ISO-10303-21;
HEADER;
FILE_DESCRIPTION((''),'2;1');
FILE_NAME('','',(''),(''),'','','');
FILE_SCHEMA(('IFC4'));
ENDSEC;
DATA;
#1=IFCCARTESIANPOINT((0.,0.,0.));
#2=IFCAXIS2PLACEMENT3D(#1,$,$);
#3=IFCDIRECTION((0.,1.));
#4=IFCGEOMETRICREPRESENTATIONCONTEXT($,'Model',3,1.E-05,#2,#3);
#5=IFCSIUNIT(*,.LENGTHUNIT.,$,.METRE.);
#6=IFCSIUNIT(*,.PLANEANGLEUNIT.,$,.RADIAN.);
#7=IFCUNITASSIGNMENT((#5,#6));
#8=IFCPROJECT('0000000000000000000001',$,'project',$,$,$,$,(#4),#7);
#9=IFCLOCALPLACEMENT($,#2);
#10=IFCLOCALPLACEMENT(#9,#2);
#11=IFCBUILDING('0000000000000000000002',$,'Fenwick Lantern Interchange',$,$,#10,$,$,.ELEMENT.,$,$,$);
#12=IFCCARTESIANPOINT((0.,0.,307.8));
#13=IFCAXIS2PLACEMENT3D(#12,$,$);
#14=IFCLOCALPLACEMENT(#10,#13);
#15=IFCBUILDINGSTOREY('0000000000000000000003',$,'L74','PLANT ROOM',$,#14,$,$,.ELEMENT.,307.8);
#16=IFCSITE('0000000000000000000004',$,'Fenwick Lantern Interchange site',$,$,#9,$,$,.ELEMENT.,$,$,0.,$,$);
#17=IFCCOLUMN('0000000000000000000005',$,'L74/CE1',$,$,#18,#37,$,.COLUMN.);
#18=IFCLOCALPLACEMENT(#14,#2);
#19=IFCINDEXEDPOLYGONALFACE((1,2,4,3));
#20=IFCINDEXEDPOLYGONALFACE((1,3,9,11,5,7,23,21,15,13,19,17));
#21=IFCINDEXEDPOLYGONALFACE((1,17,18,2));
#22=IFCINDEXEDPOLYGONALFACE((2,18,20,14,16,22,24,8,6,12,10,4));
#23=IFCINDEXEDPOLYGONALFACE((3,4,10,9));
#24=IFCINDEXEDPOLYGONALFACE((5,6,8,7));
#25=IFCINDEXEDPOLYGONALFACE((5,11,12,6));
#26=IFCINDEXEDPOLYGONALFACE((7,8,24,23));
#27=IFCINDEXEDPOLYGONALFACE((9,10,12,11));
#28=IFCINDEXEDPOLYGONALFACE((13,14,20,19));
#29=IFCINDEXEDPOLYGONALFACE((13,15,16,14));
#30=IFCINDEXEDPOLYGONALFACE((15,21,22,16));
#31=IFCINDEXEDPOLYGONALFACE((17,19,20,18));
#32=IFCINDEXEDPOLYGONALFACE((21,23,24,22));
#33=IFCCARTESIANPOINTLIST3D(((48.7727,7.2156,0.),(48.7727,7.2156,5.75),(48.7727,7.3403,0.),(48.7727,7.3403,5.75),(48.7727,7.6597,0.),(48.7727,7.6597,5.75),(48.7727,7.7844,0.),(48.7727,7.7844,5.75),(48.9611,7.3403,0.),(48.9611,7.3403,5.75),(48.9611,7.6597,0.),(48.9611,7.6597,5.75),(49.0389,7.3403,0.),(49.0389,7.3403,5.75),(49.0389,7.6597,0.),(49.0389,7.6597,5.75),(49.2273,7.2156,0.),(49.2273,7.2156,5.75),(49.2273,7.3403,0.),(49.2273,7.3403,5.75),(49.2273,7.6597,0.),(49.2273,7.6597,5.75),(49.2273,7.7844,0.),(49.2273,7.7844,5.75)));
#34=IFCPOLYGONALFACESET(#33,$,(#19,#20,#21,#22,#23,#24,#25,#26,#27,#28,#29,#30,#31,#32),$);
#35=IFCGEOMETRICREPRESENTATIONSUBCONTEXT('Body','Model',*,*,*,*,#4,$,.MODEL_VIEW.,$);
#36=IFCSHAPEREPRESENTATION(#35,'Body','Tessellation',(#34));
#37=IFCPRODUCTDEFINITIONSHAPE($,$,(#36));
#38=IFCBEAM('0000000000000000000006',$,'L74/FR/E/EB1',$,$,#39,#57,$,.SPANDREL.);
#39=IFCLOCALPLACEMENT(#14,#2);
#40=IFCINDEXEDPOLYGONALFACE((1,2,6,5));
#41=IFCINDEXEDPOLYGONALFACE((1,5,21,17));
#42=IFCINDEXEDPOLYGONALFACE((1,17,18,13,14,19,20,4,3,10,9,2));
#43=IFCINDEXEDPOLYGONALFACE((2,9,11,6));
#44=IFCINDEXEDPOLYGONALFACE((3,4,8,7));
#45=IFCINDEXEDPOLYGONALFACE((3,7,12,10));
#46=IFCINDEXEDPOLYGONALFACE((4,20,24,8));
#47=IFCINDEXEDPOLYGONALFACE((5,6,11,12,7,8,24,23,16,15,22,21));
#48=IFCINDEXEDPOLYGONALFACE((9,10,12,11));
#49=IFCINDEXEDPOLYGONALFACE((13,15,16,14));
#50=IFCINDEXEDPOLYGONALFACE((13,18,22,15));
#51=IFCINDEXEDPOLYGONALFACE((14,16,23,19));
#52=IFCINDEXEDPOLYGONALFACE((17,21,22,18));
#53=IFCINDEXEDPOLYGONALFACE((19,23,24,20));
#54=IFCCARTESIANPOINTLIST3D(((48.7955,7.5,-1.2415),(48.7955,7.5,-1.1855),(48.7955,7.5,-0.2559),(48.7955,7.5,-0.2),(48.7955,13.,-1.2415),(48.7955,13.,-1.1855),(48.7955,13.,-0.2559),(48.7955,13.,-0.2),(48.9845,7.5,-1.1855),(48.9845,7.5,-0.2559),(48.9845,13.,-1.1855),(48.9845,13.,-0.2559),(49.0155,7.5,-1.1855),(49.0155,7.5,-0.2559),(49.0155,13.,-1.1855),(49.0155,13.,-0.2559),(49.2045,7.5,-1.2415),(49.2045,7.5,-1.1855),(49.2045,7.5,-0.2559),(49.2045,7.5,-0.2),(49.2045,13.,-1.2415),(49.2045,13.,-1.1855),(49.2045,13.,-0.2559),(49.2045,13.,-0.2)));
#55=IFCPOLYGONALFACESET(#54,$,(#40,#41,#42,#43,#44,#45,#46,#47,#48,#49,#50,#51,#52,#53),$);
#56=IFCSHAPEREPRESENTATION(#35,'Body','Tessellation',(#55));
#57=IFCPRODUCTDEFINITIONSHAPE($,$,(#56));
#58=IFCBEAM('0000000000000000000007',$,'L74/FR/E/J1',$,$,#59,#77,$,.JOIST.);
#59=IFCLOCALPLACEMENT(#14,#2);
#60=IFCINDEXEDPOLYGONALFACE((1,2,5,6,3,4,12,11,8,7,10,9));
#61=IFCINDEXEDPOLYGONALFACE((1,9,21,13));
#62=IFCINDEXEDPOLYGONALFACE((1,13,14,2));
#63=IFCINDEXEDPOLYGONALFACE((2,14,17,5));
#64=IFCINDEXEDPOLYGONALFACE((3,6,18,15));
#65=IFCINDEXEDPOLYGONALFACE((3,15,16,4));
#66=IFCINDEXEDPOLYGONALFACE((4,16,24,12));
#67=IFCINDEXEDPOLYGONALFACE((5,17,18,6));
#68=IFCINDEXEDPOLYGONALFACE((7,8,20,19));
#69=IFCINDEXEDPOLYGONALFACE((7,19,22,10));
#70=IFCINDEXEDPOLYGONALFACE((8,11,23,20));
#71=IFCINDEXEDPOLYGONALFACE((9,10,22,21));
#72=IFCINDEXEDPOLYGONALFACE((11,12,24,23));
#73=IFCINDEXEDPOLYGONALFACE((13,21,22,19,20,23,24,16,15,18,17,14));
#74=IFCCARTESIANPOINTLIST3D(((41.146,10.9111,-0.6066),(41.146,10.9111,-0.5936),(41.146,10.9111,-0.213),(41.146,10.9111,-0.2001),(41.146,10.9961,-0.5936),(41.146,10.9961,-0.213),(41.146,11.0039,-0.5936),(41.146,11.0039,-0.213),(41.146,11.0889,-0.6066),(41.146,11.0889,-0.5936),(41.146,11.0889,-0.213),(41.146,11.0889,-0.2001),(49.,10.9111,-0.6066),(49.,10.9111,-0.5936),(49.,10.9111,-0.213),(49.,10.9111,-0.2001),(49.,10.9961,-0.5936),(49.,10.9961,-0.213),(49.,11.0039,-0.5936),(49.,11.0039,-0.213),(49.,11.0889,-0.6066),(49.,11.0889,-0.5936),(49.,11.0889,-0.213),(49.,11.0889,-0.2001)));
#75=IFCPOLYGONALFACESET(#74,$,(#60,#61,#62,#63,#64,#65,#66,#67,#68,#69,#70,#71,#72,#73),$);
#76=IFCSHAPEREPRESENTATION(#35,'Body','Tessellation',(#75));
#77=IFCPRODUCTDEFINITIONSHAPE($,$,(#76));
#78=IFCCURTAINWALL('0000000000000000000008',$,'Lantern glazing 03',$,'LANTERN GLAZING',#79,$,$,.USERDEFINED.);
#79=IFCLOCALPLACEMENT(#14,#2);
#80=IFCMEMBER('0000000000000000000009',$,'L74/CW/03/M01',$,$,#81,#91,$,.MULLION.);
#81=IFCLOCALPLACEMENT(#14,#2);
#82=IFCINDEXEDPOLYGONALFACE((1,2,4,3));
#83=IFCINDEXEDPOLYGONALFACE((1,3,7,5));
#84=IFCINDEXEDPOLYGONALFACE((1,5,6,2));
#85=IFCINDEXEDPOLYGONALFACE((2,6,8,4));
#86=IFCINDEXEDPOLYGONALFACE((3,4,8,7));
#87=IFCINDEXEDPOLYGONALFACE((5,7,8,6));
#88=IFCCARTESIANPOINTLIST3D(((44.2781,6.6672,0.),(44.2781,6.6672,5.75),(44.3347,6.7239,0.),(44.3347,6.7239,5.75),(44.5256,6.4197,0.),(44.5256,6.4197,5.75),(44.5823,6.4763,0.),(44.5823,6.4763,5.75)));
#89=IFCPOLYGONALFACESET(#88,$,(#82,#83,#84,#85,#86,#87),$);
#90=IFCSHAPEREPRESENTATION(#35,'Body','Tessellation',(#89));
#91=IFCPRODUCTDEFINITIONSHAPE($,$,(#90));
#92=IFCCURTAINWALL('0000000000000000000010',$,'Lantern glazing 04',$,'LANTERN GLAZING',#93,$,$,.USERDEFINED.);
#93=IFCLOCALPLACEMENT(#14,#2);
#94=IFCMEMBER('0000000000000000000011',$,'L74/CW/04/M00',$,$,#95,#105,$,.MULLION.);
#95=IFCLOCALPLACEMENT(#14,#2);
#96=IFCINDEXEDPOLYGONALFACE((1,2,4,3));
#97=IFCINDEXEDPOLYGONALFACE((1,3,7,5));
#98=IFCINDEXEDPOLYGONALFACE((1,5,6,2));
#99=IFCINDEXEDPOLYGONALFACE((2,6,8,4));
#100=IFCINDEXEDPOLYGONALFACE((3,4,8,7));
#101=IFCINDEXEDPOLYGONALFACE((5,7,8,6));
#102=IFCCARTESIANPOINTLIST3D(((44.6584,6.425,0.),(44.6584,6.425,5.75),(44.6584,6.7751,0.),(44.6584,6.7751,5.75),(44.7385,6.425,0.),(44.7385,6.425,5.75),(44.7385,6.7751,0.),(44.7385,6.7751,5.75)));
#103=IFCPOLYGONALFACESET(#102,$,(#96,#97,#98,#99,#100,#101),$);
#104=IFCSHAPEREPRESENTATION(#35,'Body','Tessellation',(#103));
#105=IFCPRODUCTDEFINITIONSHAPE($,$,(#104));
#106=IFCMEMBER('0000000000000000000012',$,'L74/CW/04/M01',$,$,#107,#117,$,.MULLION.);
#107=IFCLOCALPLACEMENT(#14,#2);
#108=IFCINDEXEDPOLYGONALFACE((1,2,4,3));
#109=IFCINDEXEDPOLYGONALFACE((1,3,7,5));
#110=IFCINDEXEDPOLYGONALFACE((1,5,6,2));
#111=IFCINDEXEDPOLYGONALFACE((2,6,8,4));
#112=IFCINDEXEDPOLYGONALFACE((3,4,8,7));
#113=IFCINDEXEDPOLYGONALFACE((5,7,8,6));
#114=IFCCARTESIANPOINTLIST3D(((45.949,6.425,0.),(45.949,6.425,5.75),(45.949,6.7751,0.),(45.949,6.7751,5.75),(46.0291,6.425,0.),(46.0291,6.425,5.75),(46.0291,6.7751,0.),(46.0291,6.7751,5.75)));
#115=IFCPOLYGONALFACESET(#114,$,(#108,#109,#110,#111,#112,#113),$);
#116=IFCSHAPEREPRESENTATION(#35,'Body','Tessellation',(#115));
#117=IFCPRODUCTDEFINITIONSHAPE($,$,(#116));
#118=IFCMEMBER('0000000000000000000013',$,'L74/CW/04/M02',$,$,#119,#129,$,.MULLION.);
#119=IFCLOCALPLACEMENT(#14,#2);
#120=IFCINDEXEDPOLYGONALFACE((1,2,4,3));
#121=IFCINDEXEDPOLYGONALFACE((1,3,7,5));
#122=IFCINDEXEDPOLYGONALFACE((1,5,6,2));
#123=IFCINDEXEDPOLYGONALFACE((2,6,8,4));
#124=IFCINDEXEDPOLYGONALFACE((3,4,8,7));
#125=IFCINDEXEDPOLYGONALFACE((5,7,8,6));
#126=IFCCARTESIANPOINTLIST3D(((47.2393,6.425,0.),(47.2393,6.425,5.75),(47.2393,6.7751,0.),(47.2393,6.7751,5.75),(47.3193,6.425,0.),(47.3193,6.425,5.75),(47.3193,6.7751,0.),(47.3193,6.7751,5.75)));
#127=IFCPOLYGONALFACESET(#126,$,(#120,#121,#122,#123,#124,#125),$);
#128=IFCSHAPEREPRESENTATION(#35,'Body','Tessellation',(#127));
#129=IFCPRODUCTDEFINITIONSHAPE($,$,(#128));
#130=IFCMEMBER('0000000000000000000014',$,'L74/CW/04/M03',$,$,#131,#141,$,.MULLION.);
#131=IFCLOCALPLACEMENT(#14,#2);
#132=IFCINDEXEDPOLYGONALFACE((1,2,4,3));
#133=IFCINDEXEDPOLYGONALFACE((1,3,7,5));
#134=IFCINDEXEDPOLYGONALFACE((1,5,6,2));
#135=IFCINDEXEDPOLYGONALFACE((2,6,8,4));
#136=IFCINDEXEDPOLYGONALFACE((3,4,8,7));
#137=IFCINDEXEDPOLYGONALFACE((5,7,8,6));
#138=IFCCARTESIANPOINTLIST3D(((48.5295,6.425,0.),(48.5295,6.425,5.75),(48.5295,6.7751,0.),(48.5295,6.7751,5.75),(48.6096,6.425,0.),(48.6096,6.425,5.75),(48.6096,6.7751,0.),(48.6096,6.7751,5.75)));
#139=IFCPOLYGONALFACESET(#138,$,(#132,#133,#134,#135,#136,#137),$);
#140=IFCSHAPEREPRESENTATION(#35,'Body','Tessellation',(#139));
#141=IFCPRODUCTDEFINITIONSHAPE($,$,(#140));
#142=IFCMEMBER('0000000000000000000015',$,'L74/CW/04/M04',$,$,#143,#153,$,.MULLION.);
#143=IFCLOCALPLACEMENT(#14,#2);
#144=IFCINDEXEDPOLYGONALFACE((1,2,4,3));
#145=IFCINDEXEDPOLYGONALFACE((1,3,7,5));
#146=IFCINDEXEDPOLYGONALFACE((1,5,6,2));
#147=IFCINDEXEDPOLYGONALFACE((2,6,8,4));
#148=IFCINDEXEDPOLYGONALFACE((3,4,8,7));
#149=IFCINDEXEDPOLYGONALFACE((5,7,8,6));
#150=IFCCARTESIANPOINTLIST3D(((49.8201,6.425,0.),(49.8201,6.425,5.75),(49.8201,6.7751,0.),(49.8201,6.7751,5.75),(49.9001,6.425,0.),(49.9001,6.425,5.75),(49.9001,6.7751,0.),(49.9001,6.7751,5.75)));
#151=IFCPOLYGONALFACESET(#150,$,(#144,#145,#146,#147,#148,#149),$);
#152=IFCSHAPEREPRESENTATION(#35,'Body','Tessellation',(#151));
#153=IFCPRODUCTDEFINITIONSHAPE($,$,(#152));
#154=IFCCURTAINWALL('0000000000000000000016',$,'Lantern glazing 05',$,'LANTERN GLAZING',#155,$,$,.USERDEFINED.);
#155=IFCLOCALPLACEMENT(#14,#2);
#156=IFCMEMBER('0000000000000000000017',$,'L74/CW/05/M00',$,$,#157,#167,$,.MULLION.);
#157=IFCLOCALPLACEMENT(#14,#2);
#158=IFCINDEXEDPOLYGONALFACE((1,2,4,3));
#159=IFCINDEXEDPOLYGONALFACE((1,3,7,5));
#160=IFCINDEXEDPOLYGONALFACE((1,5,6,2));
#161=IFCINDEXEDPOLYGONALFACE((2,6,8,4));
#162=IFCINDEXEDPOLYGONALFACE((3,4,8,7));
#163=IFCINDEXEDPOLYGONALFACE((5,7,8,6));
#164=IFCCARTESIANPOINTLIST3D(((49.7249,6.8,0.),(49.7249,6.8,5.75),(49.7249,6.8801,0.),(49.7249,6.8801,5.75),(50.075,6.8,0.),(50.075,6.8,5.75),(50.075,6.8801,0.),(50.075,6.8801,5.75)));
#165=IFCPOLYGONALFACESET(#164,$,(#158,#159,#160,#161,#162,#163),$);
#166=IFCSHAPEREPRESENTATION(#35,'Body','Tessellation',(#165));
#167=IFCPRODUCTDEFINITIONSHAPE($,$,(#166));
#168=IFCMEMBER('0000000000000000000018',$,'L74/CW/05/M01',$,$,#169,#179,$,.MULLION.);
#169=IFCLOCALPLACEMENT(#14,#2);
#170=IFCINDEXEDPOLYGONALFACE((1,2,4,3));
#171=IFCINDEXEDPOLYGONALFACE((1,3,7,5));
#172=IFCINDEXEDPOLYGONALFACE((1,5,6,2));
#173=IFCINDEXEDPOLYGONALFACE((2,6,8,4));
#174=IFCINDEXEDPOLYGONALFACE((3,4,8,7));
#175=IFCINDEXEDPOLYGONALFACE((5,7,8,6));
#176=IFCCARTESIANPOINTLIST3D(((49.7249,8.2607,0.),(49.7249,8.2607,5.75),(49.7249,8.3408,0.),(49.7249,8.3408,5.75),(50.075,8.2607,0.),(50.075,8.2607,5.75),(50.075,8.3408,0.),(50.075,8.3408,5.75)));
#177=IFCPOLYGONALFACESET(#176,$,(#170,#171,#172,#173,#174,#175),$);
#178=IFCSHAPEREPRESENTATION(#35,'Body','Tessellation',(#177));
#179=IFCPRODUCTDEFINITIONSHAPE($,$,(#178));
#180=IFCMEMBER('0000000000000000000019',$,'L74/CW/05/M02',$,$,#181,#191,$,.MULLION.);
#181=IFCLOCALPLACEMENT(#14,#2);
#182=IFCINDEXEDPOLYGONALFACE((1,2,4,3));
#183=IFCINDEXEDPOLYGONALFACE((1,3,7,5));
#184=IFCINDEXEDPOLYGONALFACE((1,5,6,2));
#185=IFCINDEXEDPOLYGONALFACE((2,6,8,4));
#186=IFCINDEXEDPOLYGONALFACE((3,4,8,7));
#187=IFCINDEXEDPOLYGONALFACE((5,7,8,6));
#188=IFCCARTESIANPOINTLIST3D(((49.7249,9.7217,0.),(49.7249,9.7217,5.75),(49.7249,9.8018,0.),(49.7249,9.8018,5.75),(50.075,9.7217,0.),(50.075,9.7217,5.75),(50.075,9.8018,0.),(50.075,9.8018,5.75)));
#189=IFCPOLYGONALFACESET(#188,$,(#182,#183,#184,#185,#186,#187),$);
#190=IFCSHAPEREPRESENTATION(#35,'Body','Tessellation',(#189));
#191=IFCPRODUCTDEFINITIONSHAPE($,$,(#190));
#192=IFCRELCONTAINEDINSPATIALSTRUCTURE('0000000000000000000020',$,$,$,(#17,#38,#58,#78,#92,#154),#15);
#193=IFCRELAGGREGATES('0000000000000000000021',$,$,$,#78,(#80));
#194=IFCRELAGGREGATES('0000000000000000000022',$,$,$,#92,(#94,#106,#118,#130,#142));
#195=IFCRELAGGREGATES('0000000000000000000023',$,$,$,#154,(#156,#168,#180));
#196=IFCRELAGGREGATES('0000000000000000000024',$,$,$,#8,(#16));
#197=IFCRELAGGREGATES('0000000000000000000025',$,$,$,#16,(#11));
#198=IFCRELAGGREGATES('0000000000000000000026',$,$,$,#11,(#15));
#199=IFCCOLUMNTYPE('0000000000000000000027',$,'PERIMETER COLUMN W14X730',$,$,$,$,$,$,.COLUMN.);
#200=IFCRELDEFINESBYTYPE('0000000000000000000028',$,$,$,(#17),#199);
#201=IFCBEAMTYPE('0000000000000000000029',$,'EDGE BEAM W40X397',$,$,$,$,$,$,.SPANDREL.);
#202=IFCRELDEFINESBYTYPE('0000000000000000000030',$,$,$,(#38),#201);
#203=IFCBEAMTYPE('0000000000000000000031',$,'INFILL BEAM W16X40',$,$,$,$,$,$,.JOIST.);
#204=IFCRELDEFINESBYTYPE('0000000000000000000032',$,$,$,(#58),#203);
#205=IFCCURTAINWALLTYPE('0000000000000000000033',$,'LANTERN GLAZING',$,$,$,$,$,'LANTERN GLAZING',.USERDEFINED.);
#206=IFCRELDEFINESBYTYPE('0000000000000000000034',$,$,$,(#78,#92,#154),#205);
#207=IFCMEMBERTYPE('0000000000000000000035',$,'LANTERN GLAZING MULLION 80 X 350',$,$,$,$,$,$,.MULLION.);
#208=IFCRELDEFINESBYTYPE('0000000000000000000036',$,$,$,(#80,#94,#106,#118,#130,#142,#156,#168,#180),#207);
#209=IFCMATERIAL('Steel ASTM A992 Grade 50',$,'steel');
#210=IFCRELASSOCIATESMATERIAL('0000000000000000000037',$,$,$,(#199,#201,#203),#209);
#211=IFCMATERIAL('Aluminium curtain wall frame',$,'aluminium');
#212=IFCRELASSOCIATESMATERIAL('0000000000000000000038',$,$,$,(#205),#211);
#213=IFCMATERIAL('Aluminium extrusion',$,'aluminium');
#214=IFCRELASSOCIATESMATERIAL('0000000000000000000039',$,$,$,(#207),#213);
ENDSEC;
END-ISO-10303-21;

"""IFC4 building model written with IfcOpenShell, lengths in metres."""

from ifc_helpers import new_model, si_unit, direction, frame, origin, origin_2d, place, context, subcontext, project, spatial, rectangle, i_section, extrude, material, material_profile, profile_set, type_object, element, aggregate, save


model = new_model("IFC4")

# Units and contexts
model_context = context("Model", 3, precision=1e-05, world=origin(), true_north=direction((0.0, 1.0)))
body_context = subcontext(model_context, "Body", "Model", "MODEL_VIEW")
ifc_project = project(units=[si_unit("LENGTHUNIT", "METRE"), si_unit("PLANEANGLEUNIT", "RADIAN")], contexts=[model_context])

# Site, building, storey
site_placement = place(None, origin())
site = spatial("IfcSite", under=ifc_project, at=site_placement, Name="Fenwick Lantern Interchange site", CompositionType="ELEMENT", RefElevation=0.0)
building_placement = place(site_placement, origin())
building = spatial("IfcBuilding", under=site, at=building_placement, Name="Fenwick Lantern Interchange", CompositionType="ELEMENT")
storey_placement = place(building_placement, frame((0.0, 0.0, 307.8)))
storey = spatial("IfcBuildingStorey", under=building, at=storey_placement, Name="L74", Description="PLANT ROOM", CompositionType="ELEMENT", Elevation=307.8)

# Column
ifc_material_1 = material(Name="Steel ASTM A992 Grade 50", Category="steel")
ifc_material_profile_1 = material_profile(ifc_material_1, i_section(OverallWidth=0.4546, OverallDepth=0.5688, WebThickness=0.0779, FlangeThickness=0.1248, at=origin_2d()), Name="W14X730")
ifc_profile_set_1 = profile_set([ifc_material_profile_1], Name="Steel ASTM A992 Grade 50")
column_type = type_object("IfcColumnType", Name="PERIMETER COLUMN W14X730", PredefinedType="COLUMN", material=ifc_profile_set_1)
column_placement = place(storey_placement, frame((49.0, 7.5, 0.0), z_axis=(0.0, 0.0, 1.0), x_axis=(1.0, 0.0, 0.0)))
element("IfcColumn", 1, at=column_placement, inside=storey, type_object=column_type, Name="L74/CE1", PredefinedType="COLUMN", context=body_context, shape_type="SweptSolid", body=[
    extrude(i_section(OverallWidth=0.4546, OverallDepth=0.5688, WebThickness=0.0779, FlangeThickness=0.1248, at=origin_2d()), origin(), (0.0, 0.0, 1.0), 5.75),
])

# Beams
ifc_material_profile_2 = material_profile(ifc_material_1, i_section(OverallWidth=0.4089, OverallDepth=1.0415, WebThickness=0.031, FlangeThickness=0.0559, at=origin_2d()), Name="W40X397")
ifc_profile_set_2 = profile_set([ifc_material_profile_2], Name="Steel ASTM A992 Grade 50")
beam_type_1 = type_object("IfcBeamType", Name="EDGE BEAM W40X397", PredefinedType="SPANDREL", material=ifc_profile_set_2)
beam_1_placement = place(storey_placement, frame((49.0, 7.5, -0.7207), z_axis=(0.0, 1.0, 0.0), x_axis=(-1.0, 0.0, 0.0)))
element("IfcBeam", 2, at=beam_1_placement, inside=storey, type_object=beam_type_1, Name="L74/FR/E/EB1", PredefinedType="SPANDREL", context=body_context, shape_type="SweptSolid", body=[
    extrude(i_section(OverallWidth=0.4089, OverallDepth=1.0415, WebThickness=0.031, FlangeThickness=0.0559, at=origin_2d()), origin(), (0.0, 0.0, 1.0), 5.5),
])
ifc_material_profile_3 = material_profile(ifc_material_1, i_section(OverallWidth=0.1777, OverallDepth=0.4065, WebThickness=0.0078, FlangeThickness=0.0129, at=origin_2d()), Name="W16X40")
ifc_profile_set_3 = profile_set([ifc_material_profile_3], Name="Steel ASTM A992 Grade 50")
beam_type_2 = type_object("IfcBeamType", Name="INFILL BEAM W16X40", PredefinedType="JOIST", material=ifc_profile_set_3)
beam_2_placement = place(storey_placement, frame((49.0, 11.0, -0.4033), z_axis=(-1.0, 0.0, 0.0), x_axis=(0.0, -1.0, 0.0)))
element("IfcBeam", 3, at=beam_2_placement, inside=storey, type_object=beam_type_2, Name="L74/FR/E/J1", PredefinedType="JOIST", context=body_context, shape_type="SweptSolid", body=[
    extrude(i_section(OverallWidth=0.1777, OverallDepth=0.4065, WebThickness=0.0078, FlangeThickness=0.0129, at=origin_2d()), origin(), (0.0, 0.0, 1.0), 7.854),
])

# Curtain wall, member
ifc_material_2 = material(Name="Aluminium curtain wall frame", Category="aluminium")
curtain_wall_type = type_object("IfcCurtainWallType", Name="LANTERN GLAZING", ElementType="LANTERN GLAZING", PredefinedType="USERDEFINED", material=ifc_material_2)
curtain_wall_1_placement = place(storey_placement, origin())
curtain_wall_1 = element("IfcCurtainWall", 4, at=curtain_wall_1_placement, inside=storey, type_object=curtain_wall_type, Name="Lantern glazing 03", ObjectType="LANTERN GLAZING", PredefinedType="USERDEFINED")
ifc_material_3 = material(Name="Aluminium extrusion", Category="aluminium")
ifc_material_profile_4 = material_profile(ifc_material_3, rectangle(XDim=0.3501, YDim=0.0801, at=origin_2d()), Name="LANTERN GLAZING MULLION 80 X 350")
ifc_profile_set_4 = profile_set([ifc_material_profile_4], Name="Aluminium extrusion")
member_type = type_object("IfcMemberType", Name="LANTERN GLAZING MULLION 80 X 350", PredefinedType="MULLION", material=ifc_profile_set_4)
member_1_placement = place(storey_placement, frame((44.4302, 6.5718, 0.0), z_axis=(0.0, 0.0, 1.0), x_axis=(-0.707107, 0.707107, 0.0)))
member_1 = element("IfcMember", 5, at=member_1_placement, type_object=member_type, Name="L74/CW/03/M01", PredefinedType="MULLION", context=body_context, shape_type="SweptSolid", body=[
    extrude(rectangle(XDim=0.3501, YDim=0.0801, at=origin_2d()), origin(), (0.0, 0.0, 1.0), 5.75),
])
aggregate(curtain_wall_1, [member_1])

# Curtain walls, members
curtain_wall_2_placement = place(storey_placement, origin())
curtain_wall_2 = element("IfcCurtainWall", 6, at=curtain_wall_2_placement, inside=storey, type_object=curtain_wall_type, Name="Lantern glazing 04", ObjectType="LANTERN GLAZING", PredefinedType="USERDEFINED")
member_2_placement = place(storey_placement, frame((44.6985, 6.6001, 0.0), z_axis=(0.0, 0.0, 1.0), x_axis=(0.0, 1.0, 0.0)))
member_2 = element("IfcMember", 7, at=member_2_placement, type_object=member_type, Name="L74/CW/04/M00", PredefinedType="MULLION", context=body_context, shape_type="SweptSolid", body=[
    extrude(rectangle(XDim=0.3501, YDim=0.0801, at=origin_2d()), origin(), (0.0, 0.0, 1.0), 5.75),
])
member_3_placement = place(storey_placement, frame((45.989, 6.6001, 0.0), z_axis=(0.0, 0.0, 1.0), x_axis=(0.0, 1.0, 0.0)))
member_3 = element("IfcMember", 8, at=member_3_placement, type_object=member_type, Name="L74/CW/04/M01", PredefinedType="MULLION", context=body_context, shape_type="SweptSolid", body=[
    extrude(rectangle(XDim=0.3501, YDim=0.0801, at=origin_2d()), origin(), (0.0, 0.0, 1.0), 5.75),
])
member_4_placement = place(storey_placement, frame((47.2793, 6.6001, 0.0), z_axis=(0.0, 0.0, 1.0), x_axis=(0.0, 1.0, 0.0)))
member_4 = element("IfcMember", 9, at=member_4_placement, type_object=member_type, Name="L74/CW/04/M02", PredefinedType="MULLION", context=body_context, shape_type="SweptSolid", body=[
    extrude(rectangle(XDim=0.3501, YDim=0.0801, at=origin_2d()), origin(), (0.0, 0.0, 1.0), 5.75),
])
member_5_placement = place(storey_placement, frame((48.5696, 6.6001, 0.0), z_axis=(0.0, 0.0, 1.0), x_axis=(0.0, 1.0, 0.0)))
member_5 = element("IfcMember", 10, at=member_5_placement, type_object=member_type, Name="L74/CW/04/M03", PredefinedType="MULLION", context=body_context, shape_type="SweptSolid", body=[
    extrude(rectangle(XDim=0.3501, YDim=0.0801, at=origin_2d()), origin(), (0.0, 0.0, 1.0), 5.75),
])
member_6_placement = place(storey_placement, frame((49.8601, 6.6001, 0.0), z_axis=(0.0, 0.0, 1.0), x_axis=(0.0, 1.0, 0.0)))
member_6 = element("IfcMember", 11, at=member_6_placement, type_object=member_type, Name="L74/CW/04/M04", PredefinedType="MULLION", context=body_context, shape_type="SweptSolid", body=[
    extrude(rectangle(XDim=0.3501, YDim=0.0801, at=origin_2d()), origin(), (0.0, 0.0, 1.0), 5.75),
])
curtain_wall_3_placement = place(storey_placement, origin())
curtain_wall_3 = element("IfcCurtainWall", 12, at=curtain_wall_3_placement, inside=storey, type_object=curtain_wall_type, Name="Lantern glazing 05", ObjectType="LANTERN GLAZING", PredefinedType="USERDEFINED")
member_7_placement = place(storey_placement, frame((49.8999, 6.8401, 0.0), z_axis=(0.0, 0.0, 1.0), x_axis=(-1.0, 0.0, 0.0)))
member_7 = element("IfcMember", 13, at=member_7_placement, type_object=member_type, Name="L74/CW/05/M00", PredefinedType="MULLION", context=body_context, shape_type="SweptSolid", body=[
    extrude(rectangle(XDim=0.3501, YDim=0.0801, at=origin_2d()), origin(), (0.0, 0.0, 1.0), 5.75),
])
member_8_placement = place(storey_placement, frame((49.8999, 8.3008, 0.0), z_axis=(0.0, 0.0, 1.0), x_axis=(-1.0, 0.0, 0.0)))
member_8 = element("IfcMember", 14, at=member_8_placement, type_object=member_type, Name="L74/CW/05/M01", PredefinedType="MULLION", context=body_context, shape_type="SweptSolid", body=[
    extrude(rectangle(XDim=0.3501, YDim=0.0801, at=origin_2d()), origin(), (0.0, 0.0, 1.0), 5.75),
])
member_9_placement = place(storey_placement, frame((49.8999, 9.7617, 0.0), z_axis=(0.0, 0.0, 1.0), x_axis=(-1.0, 0.0, 0.0)))
member_9 = element("IfcMember", 15, at=member_9_placement, type_object=member_type, Name="L74/CW/05/M02", PredefinedType="MULLION", context=body_context, shape_type="SweptSolid", body=[
    extrude(rectangle(XDim=0.3501, YDim=0.0801, at=origin_2d()), origin(), (0.0, 0.0, 1.0), 5.75),
])

aggregate(curtain_wall_2, [member_2, member_3, member_4, member_5, member_6])
aggregate(curtain_wall_3, [member_7, member_8, member_9])

save(model, "model.ifc")
